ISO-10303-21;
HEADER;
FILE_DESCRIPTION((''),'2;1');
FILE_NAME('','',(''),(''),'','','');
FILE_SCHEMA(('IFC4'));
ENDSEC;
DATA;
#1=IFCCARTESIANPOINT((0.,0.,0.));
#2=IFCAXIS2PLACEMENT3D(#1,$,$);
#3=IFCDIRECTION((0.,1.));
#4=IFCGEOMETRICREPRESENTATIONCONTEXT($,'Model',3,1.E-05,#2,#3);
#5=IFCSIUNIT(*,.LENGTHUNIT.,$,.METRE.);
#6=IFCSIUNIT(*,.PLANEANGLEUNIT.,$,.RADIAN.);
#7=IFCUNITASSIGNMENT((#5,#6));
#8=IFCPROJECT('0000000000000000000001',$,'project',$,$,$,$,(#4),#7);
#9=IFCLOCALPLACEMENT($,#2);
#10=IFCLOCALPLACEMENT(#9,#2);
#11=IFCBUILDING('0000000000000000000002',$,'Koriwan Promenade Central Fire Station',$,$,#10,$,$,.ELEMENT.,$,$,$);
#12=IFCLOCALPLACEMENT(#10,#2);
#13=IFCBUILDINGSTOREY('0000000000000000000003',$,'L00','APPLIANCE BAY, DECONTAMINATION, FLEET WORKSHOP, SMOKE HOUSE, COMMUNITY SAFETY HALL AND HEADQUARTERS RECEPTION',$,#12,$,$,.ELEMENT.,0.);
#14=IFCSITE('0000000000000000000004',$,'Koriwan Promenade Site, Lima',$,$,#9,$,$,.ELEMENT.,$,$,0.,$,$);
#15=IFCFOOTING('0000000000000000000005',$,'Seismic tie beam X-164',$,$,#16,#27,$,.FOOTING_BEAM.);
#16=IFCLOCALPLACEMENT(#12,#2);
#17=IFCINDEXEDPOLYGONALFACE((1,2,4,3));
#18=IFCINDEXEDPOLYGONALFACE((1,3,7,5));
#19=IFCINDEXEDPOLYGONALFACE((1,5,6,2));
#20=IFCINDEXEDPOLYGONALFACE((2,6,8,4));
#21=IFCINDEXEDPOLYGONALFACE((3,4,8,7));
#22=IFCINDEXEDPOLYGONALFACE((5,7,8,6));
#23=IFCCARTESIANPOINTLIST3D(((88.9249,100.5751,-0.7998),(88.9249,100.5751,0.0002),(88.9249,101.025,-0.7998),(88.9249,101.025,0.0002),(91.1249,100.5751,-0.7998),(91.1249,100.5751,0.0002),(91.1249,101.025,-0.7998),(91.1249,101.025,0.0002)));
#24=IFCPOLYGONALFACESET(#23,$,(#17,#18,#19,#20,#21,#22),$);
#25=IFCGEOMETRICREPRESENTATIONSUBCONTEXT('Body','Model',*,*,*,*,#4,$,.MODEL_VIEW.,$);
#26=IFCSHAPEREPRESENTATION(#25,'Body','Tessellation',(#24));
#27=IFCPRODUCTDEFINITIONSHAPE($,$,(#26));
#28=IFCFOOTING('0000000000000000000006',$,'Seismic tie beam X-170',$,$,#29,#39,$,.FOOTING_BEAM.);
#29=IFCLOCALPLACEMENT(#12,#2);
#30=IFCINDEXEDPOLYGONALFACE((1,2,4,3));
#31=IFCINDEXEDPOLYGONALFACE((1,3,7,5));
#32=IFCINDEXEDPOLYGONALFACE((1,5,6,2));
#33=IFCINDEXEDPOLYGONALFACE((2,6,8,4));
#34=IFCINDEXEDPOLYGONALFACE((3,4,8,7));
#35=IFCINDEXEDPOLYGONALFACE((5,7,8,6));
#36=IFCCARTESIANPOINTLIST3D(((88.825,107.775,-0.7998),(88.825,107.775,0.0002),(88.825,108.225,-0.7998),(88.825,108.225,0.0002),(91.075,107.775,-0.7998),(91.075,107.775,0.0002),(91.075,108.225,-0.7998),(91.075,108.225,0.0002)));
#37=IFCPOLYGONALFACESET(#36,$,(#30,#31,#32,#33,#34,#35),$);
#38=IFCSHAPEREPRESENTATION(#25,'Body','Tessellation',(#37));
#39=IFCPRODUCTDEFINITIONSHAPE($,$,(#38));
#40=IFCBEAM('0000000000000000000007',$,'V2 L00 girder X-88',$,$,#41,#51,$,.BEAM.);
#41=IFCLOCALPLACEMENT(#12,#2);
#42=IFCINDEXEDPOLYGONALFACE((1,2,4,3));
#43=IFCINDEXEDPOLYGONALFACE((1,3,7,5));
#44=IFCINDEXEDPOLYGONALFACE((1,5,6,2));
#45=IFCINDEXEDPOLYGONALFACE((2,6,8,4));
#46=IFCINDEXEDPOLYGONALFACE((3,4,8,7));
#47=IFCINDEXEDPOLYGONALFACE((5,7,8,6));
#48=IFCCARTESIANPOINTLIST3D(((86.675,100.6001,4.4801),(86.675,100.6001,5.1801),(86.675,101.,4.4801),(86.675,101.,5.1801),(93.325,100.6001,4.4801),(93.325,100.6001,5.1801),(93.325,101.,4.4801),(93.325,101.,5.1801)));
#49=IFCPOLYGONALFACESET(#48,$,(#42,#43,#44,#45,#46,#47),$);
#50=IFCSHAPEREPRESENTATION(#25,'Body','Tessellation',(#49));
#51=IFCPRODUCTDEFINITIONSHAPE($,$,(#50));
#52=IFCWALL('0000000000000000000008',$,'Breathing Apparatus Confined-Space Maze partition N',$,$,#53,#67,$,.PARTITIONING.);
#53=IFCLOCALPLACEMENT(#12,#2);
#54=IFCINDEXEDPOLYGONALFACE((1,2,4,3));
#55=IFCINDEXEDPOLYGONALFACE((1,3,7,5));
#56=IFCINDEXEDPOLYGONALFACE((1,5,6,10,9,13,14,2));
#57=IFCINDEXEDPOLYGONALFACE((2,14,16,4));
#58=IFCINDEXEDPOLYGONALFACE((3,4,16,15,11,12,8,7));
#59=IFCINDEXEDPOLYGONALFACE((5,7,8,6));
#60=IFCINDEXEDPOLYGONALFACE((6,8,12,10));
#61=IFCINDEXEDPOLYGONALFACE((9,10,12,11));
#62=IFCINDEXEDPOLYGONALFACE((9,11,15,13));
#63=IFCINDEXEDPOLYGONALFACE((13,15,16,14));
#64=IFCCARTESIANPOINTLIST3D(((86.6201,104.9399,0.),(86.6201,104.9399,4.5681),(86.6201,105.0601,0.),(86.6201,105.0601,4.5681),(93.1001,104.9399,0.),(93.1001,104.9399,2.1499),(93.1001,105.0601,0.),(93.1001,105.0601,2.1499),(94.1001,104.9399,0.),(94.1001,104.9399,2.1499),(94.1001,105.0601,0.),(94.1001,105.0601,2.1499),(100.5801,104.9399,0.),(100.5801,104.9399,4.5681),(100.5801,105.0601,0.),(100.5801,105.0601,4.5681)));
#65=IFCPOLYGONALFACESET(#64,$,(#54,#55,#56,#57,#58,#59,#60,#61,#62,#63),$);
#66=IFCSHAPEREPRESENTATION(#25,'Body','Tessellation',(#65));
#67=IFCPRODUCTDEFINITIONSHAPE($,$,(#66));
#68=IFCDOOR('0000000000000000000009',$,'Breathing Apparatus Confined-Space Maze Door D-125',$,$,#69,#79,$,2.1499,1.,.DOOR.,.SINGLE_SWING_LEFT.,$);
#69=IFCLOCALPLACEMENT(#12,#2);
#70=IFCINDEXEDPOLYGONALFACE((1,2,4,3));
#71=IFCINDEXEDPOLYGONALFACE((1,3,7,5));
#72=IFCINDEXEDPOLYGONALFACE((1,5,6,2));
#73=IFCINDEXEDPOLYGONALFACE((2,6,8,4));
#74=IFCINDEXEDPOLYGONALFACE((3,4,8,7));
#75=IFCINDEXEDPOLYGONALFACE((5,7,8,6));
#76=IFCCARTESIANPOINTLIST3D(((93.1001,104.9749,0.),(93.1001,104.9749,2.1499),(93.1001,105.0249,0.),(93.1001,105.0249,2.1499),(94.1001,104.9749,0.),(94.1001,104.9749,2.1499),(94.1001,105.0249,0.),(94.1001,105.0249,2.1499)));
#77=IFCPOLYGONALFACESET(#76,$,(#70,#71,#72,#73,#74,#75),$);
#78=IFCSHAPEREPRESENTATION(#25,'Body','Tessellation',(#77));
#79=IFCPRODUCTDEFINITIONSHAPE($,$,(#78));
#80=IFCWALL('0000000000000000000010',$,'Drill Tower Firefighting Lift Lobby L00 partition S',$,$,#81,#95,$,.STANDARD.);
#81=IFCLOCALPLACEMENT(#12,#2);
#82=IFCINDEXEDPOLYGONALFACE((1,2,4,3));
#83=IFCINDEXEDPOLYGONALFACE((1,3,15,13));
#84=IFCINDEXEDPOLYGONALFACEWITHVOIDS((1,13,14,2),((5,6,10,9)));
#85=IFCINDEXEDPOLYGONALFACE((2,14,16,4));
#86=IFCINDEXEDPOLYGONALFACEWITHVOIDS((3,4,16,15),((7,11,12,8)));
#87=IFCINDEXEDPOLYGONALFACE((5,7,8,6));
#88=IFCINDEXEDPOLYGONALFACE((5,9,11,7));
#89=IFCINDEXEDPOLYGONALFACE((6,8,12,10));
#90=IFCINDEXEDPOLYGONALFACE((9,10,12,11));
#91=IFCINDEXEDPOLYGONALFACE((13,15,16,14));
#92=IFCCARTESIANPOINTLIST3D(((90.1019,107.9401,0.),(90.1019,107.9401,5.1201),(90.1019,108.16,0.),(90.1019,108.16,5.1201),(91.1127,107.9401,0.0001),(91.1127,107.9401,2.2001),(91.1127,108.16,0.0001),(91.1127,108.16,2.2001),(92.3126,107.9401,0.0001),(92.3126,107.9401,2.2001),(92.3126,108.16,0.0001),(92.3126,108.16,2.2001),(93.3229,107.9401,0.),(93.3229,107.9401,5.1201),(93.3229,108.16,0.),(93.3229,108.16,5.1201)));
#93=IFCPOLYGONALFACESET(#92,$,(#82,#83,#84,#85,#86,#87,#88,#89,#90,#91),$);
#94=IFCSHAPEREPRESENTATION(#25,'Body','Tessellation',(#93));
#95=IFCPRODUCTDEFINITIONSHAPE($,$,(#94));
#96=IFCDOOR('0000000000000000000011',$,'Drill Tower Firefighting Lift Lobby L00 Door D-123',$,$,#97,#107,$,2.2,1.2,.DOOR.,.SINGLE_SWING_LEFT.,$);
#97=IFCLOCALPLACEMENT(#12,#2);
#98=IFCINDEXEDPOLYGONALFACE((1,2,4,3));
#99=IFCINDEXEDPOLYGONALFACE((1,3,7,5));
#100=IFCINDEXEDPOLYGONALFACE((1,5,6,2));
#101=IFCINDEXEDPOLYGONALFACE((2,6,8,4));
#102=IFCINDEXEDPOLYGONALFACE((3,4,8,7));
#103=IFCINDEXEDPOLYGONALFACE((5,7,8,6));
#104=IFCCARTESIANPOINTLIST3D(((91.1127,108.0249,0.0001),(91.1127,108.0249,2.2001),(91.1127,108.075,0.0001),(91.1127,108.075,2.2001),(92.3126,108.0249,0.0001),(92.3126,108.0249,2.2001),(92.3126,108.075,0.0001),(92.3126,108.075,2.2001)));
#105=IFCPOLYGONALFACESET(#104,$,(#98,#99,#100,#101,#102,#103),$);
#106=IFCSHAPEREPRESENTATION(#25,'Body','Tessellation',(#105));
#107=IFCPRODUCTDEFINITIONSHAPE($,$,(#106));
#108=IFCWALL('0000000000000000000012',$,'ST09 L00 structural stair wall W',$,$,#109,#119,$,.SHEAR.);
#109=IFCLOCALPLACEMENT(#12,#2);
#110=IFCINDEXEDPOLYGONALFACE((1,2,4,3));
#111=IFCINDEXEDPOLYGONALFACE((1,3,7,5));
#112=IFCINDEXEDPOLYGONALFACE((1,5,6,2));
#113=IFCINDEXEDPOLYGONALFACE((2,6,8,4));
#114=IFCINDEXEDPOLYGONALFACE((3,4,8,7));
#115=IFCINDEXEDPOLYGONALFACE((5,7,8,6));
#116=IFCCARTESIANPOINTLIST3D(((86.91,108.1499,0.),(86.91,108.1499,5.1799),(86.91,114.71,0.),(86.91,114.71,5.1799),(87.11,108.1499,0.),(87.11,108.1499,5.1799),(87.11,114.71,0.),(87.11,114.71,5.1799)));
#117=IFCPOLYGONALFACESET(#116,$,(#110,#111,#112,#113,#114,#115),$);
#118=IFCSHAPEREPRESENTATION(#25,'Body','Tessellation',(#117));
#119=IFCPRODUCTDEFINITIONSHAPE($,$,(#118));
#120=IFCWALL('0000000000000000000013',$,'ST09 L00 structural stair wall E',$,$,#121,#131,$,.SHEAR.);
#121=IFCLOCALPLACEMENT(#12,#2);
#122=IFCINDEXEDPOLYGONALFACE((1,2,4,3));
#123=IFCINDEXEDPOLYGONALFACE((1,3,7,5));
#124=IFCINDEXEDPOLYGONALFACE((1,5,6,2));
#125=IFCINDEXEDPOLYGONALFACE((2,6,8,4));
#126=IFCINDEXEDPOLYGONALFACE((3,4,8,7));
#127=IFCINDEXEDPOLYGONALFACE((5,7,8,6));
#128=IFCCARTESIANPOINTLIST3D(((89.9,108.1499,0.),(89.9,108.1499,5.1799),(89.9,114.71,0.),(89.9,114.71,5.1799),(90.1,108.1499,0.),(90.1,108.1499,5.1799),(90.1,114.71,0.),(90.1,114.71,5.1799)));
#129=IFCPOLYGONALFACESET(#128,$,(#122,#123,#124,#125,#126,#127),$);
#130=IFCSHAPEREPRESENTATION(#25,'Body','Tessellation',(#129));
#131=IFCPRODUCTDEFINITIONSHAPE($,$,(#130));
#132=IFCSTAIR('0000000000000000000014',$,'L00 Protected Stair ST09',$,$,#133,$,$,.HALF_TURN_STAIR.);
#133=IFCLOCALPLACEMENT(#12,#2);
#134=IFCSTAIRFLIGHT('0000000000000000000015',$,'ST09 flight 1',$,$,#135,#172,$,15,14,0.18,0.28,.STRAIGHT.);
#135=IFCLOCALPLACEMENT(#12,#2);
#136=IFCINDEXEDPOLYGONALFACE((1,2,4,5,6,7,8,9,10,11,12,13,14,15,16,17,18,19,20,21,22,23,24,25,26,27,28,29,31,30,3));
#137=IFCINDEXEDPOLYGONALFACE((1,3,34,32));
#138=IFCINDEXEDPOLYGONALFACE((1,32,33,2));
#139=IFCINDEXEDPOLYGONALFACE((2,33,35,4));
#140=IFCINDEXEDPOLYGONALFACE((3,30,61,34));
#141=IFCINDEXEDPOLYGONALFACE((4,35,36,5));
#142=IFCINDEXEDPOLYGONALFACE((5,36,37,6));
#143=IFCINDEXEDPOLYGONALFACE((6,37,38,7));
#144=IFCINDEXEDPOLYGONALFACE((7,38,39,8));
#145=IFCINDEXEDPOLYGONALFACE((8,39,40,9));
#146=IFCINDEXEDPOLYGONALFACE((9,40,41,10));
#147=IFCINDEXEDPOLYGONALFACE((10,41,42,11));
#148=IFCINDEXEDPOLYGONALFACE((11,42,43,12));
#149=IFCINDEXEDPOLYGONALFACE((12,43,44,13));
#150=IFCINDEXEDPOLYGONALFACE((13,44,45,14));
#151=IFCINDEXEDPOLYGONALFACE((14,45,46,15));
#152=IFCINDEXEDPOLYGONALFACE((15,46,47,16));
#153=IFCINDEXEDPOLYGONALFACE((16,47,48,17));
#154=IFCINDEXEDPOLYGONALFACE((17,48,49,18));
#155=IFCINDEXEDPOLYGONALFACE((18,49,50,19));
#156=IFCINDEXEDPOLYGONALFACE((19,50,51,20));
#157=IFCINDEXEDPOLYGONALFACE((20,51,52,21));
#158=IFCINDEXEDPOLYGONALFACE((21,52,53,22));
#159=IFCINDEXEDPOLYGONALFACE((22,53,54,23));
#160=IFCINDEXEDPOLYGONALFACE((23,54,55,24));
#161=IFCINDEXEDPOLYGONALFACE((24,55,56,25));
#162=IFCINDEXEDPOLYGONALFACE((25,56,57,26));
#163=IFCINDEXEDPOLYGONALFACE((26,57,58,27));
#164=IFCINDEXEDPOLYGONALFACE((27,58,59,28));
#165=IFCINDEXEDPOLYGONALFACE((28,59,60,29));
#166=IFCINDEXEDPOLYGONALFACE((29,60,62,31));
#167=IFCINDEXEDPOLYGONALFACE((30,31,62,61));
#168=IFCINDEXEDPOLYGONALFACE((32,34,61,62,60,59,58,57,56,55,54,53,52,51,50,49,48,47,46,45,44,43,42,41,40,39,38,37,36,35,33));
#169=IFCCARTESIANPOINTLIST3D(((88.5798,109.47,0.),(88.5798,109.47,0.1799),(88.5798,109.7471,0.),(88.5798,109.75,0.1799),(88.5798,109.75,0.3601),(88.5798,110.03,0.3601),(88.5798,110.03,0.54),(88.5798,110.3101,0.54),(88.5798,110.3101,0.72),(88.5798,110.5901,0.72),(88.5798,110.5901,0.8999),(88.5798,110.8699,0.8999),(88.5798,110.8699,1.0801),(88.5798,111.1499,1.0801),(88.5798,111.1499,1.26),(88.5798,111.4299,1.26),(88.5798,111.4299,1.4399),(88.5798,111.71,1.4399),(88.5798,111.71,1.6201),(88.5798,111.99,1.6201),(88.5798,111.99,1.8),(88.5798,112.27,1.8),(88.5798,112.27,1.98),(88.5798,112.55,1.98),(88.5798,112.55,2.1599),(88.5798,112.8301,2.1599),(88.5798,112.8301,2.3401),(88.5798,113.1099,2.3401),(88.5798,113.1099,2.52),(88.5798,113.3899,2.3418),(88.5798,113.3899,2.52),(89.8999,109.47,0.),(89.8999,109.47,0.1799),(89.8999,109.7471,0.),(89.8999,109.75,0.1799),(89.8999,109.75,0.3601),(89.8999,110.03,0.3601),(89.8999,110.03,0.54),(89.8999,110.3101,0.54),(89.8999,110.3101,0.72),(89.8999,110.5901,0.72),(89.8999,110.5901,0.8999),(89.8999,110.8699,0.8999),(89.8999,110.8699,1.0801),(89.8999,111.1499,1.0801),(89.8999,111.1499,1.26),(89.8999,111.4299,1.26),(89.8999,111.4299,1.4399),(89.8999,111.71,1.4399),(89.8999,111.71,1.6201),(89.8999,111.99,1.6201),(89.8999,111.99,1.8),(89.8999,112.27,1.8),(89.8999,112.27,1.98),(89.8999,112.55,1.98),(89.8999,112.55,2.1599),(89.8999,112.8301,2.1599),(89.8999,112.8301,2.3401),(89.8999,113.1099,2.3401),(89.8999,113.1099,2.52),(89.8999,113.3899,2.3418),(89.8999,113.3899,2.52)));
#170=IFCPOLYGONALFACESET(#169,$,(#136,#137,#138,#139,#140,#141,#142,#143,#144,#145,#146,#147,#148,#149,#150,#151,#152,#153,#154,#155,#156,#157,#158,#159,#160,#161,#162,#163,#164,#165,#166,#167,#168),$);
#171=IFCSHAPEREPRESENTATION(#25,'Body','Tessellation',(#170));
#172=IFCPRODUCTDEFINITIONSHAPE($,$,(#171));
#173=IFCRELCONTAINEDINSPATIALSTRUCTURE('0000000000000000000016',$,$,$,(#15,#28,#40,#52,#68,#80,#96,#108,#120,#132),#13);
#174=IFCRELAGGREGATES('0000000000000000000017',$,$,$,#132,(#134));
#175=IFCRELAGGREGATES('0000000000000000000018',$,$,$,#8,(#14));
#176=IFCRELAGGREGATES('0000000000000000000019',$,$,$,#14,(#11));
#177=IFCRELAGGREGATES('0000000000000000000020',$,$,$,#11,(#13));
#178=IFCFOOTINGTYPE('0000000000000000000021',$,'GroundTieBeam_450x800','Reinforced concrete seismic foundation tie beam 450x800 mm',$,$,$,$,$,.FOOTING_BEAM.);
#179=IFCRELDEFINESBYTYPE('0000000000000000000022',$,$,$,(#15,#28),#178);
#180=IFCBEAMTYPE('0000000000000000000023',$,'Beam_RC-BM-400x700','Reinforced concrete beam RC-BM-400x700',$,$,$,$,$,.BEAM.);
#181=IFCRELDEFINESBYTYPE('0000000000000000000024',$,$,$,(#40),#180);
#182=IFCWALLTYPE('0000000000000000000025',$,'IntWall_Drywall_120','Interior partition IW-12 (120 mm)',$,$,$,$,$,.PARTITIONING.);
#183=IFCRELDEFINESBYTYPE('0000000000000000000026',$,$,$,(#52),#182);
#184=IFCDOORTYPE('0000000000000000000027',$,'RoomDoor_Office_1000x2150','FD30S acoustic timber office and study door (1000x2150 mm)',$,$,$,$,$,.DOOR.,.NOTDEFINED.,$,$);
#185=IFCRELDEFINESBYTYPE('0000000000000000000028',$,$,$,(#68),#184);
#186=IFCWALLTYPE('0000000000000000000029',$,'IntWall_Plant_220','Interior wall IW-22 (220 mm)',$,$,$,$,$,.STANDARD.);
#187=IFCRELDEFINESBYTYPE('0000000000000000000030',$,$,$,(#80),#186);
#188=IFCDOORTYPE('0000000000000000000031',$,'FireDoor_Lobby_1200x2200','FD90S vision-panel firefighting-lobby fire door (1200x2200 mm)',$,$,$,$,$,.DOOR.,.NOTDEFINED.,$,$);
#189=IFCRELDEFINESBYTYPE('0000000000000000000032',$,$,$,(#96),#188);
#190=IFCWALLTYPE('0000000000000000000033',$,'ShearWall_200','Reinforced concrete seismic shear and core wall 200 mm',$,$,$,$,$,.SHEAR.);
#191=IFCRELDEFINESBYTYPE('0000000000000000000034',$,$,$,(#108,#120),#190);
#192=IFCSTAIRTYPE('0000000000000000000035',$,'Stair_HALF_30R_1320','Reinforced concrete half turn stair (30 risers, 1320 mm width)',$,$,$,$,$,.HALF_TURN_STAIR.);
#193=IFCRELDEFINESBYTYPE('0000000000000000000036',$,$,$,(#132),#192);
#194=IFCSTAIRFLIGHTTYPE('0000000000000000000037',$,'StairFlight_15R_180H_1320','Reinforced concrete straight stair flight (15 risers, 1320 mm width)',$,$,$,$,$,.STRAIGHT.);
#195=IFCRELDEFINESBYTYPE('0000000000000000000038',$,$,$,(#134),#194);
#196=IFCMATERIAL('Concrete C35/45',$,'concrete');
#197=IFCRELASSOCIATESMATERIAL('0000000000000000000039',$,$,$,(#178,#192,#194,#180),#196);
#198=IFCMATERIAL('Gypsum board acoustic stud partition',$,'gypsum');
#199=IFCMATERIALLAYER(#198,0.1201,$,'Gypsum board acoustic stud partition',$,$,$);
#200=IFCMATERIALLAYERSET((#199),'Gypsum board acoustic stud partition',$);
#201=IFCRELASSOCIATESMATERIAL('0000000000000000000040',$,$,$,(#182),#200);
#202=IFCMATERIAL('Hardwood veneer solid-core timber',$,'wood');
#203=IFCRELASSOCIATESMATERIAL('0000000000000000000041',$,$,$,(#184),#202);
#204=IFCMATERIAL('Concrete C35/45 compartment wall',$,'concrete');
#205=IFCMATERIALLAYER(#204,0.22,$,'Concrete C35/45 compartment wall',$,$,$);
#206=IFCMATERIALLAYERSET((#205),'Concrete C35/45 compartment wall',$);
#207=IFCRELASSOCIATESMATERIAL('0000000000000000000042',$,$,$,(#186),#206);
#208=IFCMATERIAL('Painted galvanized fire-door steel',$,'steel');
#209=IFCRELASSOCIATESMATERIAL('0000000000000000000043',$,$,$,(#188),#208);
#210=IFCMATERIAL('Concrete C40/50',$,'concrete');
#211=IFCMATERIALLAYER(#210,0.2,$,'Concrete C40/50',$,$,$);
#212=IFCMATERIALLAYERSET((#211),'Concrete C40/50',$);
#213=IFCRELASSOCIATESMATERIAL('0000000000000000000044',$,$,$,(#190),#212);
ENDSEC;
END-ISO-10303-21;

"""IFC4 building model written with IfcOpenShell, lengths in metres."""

from ifc_helpers import new_model, si_unit, direction, frame, frame_2d, origin, origin_2d, place, context, subcontext, project, spatial, polyline, rectangle, outline, extrude, material, layer, layer_set, material_profile, profile_set, type_object, element, fill, aggregate, save


model = new_model("IFC4")

# Units and contexts
model_context = context("Model", 3, precision=1e-05, world=origin(), true_north=direction((0.0, 1.0)))
body_context = subcontext(model_context, "Body", "Model", "MODEL_VIEW")
ifc_project = project(units=[si_unit("LENGTHUNIT", "METRE"), si_unit("PLANEANGLEUNIT", "RADIAN")], contexts=[model_context])

# Site, building, storey
site_placement = place(None, origin())
site = spatial("IfcSite", under=ifc_project, at=site_placement, Name="Koriwan Promenade Site, Lima", CompositionType="ELEMENT", RefElevation=0.0)
building_placement = place(site_placement, origin())
building = spatial("IfcBuilding", under=site, at=building_placement, Name="Koriwan Promenade Central Fire Station", CompositionType="ELEMENT")
storey_placement = place(building_placement, origin())
storey = spatial("IfcBuildingStorey", under=building, at=storey_placement, Name="L00", Description="APPLIANCE BAY, DECONTAMINATION, FLEET WORKSHOP, SMOKE HOUSE, COMMUNITY SAFETY HALL AND HEADQUARTERS RECEPTION", CompositionType="ELEMENT", Elevation=0.0)

# Shared definitions
ifc_material_1 = material(Name="Concrete C35/45", Category="concrete")

# Footings
footing_type = type_object("IfcFootingType", Name="GroundTieBeam_450x800", Description="Reinforced concrete seismic foundation tie beam 450x800 mm", PredefinedType="FOOTING_BEAM", material=ifc_material_1)
footing_1_placement = place(storey_placement, frame((90.0249, 100.8, -0.7998), z_axis=(0.0, 0.0, 1.0), x_axis=(1.0, 0.0, 0.0)))
element("IfcFooting", 1, at=footing_1_placement, inside=storey, type_object=footing_type, Name="Seismic tie beam X-164", PredefinedType="FOOTING_BEAM", context=body_context, shape_type="SweptSolid", body=[
    extrude(rectangle(XDim=2.2, YDim=0.45, at=origin_2d()), origin(), (0.0, 0.0, 1.0), 0.8),
])
footing_2_placement = place(storey_placement, frame((89.95, 108.0, -0.7998), z_axis=(0.0, 0.0, 1.0), x_axis=(1.0, 0.0, 0.0)))
element("IfcFooting", 2, at=footing_2_placement, inside=storey, type_object=footing_type, Name="Seismic tie beam X-170", PredefinedType="FOOTING_BEAM", context=body_context, shape_type="SweptSolid", body=[
    extrude(rectangle(XDim=2.25, YDim=0.45, at=origin_2d()), origin(), (0.0, 0.0, 1.0), 0.8),
])

# Beam
ifc_material_profile_1 = material_profile(ifc_material_1, rectangle(XDim=0.3999, YDim=0.7, at=origin_2d()), Name="RC-BM-400x700")
ifc_profile_set_1 = profile_set([ifc_material_profile_1], Name="Concrete C35/45")
beam_type = type_object("IfcBeamType", Name="Beam_RC-BM-400x700", Description="Reinforced concrete beam RC-BM-400x700", PredefinedType="BEAM", material=ifc_profile_set_1)
beam_placement = place(storey_placement, frame((86.675, 100.8, 4.8301), z_axis=(1.0, 0.0, 0.0), x_axis=(0.0, 1.0, 0.0)))
element("IfcBeam", 3, at=beam_placement, inside=storey, type_object=beam_type, Name="V2 L00 girder X-88", PredefinedType="BEAM", context=body_context, shape_type="SweptSolid", body=[
    extrude(rectangle(XDim=0.3999, YDim=0.7, at=origin_2d()), origin(), (0.0, 0.0, 1.0), 6.6499),
])

# Walls, openings, doors
ifc_material_2 = material(Name="Gypsum board acoustic stud partition", Category="gypsum")
ifc_layer_1 = layer(ifc_material_2, 0.1201, Name="Gypsum board acoustic stud partition")
ifc_layer_set_1 = layer_set([ifc_layer_1], Name="Gypsum board acoustic stud partition")
wall_type_1 = type_object("IfcWallType", Name="IntWall_Drywall_120", Description="Interior partition IW-12 (120 mm)", PredefinedType="PARTITIONING", material=ifc_layer_set_1)
wall_1_placement = place(storey_placement, frame((86.6201, 105.0, 0.0), z_axis=(0.0, 0.0, 1.0), x_axis=(1.0, 0.0, 0.0)))
wall_1 = element("IfcWall", 4, at=wall_1_placement, inside=storey, type_object=wall_type_1, Name="Breathing Apparatus Confined-Space Maze partition N", PredefinedType="PARTITIONING", context=body_context, shape_type="SweptSolid", body=[
    extrude(rectangle(XDim=13.96, YDim=0.1201, at=frame_2d((6.98, 0.0))), origin(), (0.0, 0.0, 1.0), 4.5681),
])
opening_1_placement = place(wall_1_placement, frame((6.48, 0.0, 0.0)))
opening_1 = element("IfcOpeningElement", 5, at=opening_1_placement, cuts=wall_1, PredefinedType="OPENING", context=body_context, shape_type="SweptSolid", body=[
    extrude(rectangle(XDim=1.0, YDim=2.1499, at=frame_2d((0.5, 1.075))), frame((0.0, 0.072, 0.0), z_axis=(0.0, -1.0, 0.0), x_axis=(1.0, 0.0, 0.0)), (0.0, 0.0, 1.0), 0.144),
])
ifc_material_3 = material(Name="Hardwood veneer solid-core timber", Category="wood")
door_type_1 = type_object("IfcDoorType", Name="RoomDoor_Office_1000x2150", Description="FD30S acoustic timber office and study door (1000x2150 mm)", OperationType="NOTDEFINED", PredefinedType="DOOR", material=ifc_material_3)
door_1_placement = place(opening_1_placement, origin())
door_1 = element("IfcDoor", 6, at=door_1_placement, inside=storey, type_object=door_type_1, Name="Breathing Apparatus Confined-Space Maze Door D-125", OperationType="SINGLE_SWING_LEFT", OverallHeight=2.1499, OverallWidth=1.0, PredefinedType="DOOR", context=body_context, shape_type="SweptSolid", body=[
    extrude(rectangle(XDim=1.0, YDim=2.1499, at=frame_2d((0.5, 1.075))), frame((0.0, 0.0249, 0.0), z_axis=(0.0, -1.0, 0.0), x_axis=(1.0, 0.0, 0.0)), (0.0, 0.0, 1.0), 0.05),
])
fill(opening_1, door_1)
ifc_material_4 = material(Name="Concrete C35/45 compartment wall", Category="concrete")
ifc_layer_2 = layer(ifc_material_4, 0.22, Name="Concrete C35/45 compartment wall")
ifc_layer_set_2 = layer_set([ifc_layer_2], Name="Concrete C35/45 compartment wall")
wall_type_2 = type_object("IfcWallType", Name="IntWall_Plant_220", Description="Interior wall IW-22 (220 mm)", PredefinedType="STANDARD", material=ifc_layer_set_2)
wall_2_placement = place(storey_placement, frame((90.1021, 108.05, 0.0), z_axis=(0.0, 0.0, 1.0), x_axis=(1.0, 0.0, 0.0)))
wall_2 = element("IfcWall", 7, at=wall_2_placement, inside=storey, type_object=wall_type_2, Name="Drill Tower Firefighting Lift Lobby L00 partition S", PredefinedType="STANDARD", context=body_context, shape_type="SweptSolid", body=[
    extrude(rectangle(XDim=3.2209, YDim=0.22, at=frame_2d((1.6104, 0.0))), origin(), (0.0, 0.0, 1.0), 5.1201),
])
opening_2_placement = place(wall_2_placement, frame((1.0105, 0.0, 0.0)))
opening_2 = element("IfcOpeningElement", 8, at=opening_2_placement, cuts=wall_2, PredefinedType="OPENING", context=body_context, shape_type="SweptSolid", body=[
    extrude(rectangle(XDim=1.2, YDim=2.2, at=frame_2d((0.6001, 1.1001))), frame((0.0, 0.1221, 0.0), z_axis=(0.0, -1.0, 0.0), x_axis=(1.0, 0.0, 0.0)), (0.0, 0.0, 1.0), 0.2439),
])
ifc_material_5 = material(Name="Painted galvanized fire-door steel", Category="steel")
door_type_2 = type_object("IfcDoorType", Name="FireDoor_Lobby_1200x2200", Description="FD90S vision-panel firefighting-lobby fire door (1200x2200 mm)", OperationType="NOTDEFINED", PredefinedType="DOOR", material=ifc_material_5)
door_2_placement = place(opening_2_placement, origin())
door_2 = element("IfcDoor", 9, at=door_2_placement, inside=storey, type_object=door_type_2, Name="Drill Tower Firefighting Lift Lobby L00 Door D-123", OperationType="SINGLE_SWING_LEFT", OverallHeight=2.2, OverallWidth=1.2, PredefinedType="DOOR", context=body_context, shape_type="SweptSolid", body=[
    extrude(rectangle(XDim=1.2, YDim=2.2, at=frame_2d((0.6001, 1.1001))), frame((0.0, 0.0249, 0.0), z_axis=(0.0, -1.0, 0.0), x_axis=(1.0, 0.0, 0.0)), (0.0, 0.0, 1.0), 0.05),
])
fill(opening_2, door_2)
ifc_material_6 = material(Name="Concrete C40/50", Category="concrete")
ifc_layer_3 = layer(ifc_material_6, 0.2, Name="Concrete C40/50")
ifc_layer_set_3 = layer_set([ifc_layer_3], Name="Concrete C40/50")
wall_type_3 = type_object("IfcWallType", Name="ShearWall_200", Description="Reinforced concrete seismic shear and core wall 200 mm", PredefinedType="SHEAR", material=ifc_layer_set_3)

# Walls
for number, where, z_axis, x_axis, name in (
    (10, (87.01, 108.1499, 0.0), (0.0, 0.0, 1.0), (0.0, 1.0, 0.0), "ST09 L00 structural stair wall W"),
    (11, (90.0, 108.1499, 0.0), (0.0, 0.0, 1.0), (0.0, 1.0, 0.0), "ST09 L00 structural stair wall E"),
):
    element("IfcWall", number, at=place(storey_placement, frame(where, z_axis=z_axis, x_axis=x_axis)), inside=storey, type_object=wall_type_3, Name=name, PredefinedType="SHEAR", context=body_context, shape_type="SweptSolid", body=[
        extrude(rectangle(XDim=6.5601, YDim=0.2, at=frame_2d((3.28, 0.0))), origin(), (0.0, 0.0, 1.0), 5.1799),
    ])

# Stair, stair flight
stair_type = type_object("IfcStairType", Name="Stair_HALF_30R_1320", Description="Reinforced concrete half turn stair (30 risers, 1320 mm width)", PredefinedType="HALF_TURN_STAIR", material=ifc_material_1)
stair_placement = place(storey_placement, origin())
stair = element("IfcStair", 12, at=stair_placement, inside=storey, type_object=stair_type, Name="L00 Protected Stair ST09", PredefinedType="HALF_TURN_STAIR")
stair_flight_type = type_object("IfcStairFlightType", Name="StairFlight_15R_180H_1320", Description="Reinforced concrete straight stair flight (15 risers, 1320 mm width)", PredefinedType="STRAIGHT", material=ifc_material_1)
stair_flight_placement = place(storey_placement, frame((89.24, 109.47, 0.0), z_axis=(0.0, 0.0, 1.0), x_axis=(0.0, 1.0, 0.0)))
stair_flight = element("IfcStairFlight", 13, at=stair_flight_placement, type_object=stair_flight_type, Name="ST09 flight 1", NumberOfRisers=15, NumberOfTreads=14, PredefinedType="STRAIGHT", RiserHeight=0.18, TreadLength=0.28, context=body_context, shape_type="SweptSolid", body=[
    extrude(outline(polyline([(0.0, 0.0), (0.0, 0.1799), (0.28, 0.1799), (0.28, 0.3601), (0.5601, 0.3601), (0.5601, 0.54), (0.8401, 0.54), (0.8401, 0.72), (1.1201, 0.72), (1.1201, 0.8999), (1.3999, 0.8999), (1.3999, 1.0801), (1.6799, 1.0801), (1.6799, 1.26), (1.96, 1.26), (1.96, 1.4399), (2.24, 1.4399), (2.24, 1.6201), (2.52, 1.6201), (2.52, 1.8), (2.8, 1.8), (2.8, 1.98), (3.0801, 1.98), (3.0801, 2.1599), (3.3601, 2.1599), (3.3601, 2.3401), (3.6399, 2.3401), (3.6399, 2.52), (3.9199, 2.52), (3.9199, 2.7), (3.9199, 2.3418), (0.2771, 0.0), (0.0, 0.0)])), frame((0.0, 0.6602, 0.0), z_axis=(0.0, -1.0, 0.0), x_axis=(1.0, 0.0, 0.0)), (0.0, 0.0, 1.0), 1.3201),
])
aggregate(stair, [stair_flight])

save(model, "model.ifc")
